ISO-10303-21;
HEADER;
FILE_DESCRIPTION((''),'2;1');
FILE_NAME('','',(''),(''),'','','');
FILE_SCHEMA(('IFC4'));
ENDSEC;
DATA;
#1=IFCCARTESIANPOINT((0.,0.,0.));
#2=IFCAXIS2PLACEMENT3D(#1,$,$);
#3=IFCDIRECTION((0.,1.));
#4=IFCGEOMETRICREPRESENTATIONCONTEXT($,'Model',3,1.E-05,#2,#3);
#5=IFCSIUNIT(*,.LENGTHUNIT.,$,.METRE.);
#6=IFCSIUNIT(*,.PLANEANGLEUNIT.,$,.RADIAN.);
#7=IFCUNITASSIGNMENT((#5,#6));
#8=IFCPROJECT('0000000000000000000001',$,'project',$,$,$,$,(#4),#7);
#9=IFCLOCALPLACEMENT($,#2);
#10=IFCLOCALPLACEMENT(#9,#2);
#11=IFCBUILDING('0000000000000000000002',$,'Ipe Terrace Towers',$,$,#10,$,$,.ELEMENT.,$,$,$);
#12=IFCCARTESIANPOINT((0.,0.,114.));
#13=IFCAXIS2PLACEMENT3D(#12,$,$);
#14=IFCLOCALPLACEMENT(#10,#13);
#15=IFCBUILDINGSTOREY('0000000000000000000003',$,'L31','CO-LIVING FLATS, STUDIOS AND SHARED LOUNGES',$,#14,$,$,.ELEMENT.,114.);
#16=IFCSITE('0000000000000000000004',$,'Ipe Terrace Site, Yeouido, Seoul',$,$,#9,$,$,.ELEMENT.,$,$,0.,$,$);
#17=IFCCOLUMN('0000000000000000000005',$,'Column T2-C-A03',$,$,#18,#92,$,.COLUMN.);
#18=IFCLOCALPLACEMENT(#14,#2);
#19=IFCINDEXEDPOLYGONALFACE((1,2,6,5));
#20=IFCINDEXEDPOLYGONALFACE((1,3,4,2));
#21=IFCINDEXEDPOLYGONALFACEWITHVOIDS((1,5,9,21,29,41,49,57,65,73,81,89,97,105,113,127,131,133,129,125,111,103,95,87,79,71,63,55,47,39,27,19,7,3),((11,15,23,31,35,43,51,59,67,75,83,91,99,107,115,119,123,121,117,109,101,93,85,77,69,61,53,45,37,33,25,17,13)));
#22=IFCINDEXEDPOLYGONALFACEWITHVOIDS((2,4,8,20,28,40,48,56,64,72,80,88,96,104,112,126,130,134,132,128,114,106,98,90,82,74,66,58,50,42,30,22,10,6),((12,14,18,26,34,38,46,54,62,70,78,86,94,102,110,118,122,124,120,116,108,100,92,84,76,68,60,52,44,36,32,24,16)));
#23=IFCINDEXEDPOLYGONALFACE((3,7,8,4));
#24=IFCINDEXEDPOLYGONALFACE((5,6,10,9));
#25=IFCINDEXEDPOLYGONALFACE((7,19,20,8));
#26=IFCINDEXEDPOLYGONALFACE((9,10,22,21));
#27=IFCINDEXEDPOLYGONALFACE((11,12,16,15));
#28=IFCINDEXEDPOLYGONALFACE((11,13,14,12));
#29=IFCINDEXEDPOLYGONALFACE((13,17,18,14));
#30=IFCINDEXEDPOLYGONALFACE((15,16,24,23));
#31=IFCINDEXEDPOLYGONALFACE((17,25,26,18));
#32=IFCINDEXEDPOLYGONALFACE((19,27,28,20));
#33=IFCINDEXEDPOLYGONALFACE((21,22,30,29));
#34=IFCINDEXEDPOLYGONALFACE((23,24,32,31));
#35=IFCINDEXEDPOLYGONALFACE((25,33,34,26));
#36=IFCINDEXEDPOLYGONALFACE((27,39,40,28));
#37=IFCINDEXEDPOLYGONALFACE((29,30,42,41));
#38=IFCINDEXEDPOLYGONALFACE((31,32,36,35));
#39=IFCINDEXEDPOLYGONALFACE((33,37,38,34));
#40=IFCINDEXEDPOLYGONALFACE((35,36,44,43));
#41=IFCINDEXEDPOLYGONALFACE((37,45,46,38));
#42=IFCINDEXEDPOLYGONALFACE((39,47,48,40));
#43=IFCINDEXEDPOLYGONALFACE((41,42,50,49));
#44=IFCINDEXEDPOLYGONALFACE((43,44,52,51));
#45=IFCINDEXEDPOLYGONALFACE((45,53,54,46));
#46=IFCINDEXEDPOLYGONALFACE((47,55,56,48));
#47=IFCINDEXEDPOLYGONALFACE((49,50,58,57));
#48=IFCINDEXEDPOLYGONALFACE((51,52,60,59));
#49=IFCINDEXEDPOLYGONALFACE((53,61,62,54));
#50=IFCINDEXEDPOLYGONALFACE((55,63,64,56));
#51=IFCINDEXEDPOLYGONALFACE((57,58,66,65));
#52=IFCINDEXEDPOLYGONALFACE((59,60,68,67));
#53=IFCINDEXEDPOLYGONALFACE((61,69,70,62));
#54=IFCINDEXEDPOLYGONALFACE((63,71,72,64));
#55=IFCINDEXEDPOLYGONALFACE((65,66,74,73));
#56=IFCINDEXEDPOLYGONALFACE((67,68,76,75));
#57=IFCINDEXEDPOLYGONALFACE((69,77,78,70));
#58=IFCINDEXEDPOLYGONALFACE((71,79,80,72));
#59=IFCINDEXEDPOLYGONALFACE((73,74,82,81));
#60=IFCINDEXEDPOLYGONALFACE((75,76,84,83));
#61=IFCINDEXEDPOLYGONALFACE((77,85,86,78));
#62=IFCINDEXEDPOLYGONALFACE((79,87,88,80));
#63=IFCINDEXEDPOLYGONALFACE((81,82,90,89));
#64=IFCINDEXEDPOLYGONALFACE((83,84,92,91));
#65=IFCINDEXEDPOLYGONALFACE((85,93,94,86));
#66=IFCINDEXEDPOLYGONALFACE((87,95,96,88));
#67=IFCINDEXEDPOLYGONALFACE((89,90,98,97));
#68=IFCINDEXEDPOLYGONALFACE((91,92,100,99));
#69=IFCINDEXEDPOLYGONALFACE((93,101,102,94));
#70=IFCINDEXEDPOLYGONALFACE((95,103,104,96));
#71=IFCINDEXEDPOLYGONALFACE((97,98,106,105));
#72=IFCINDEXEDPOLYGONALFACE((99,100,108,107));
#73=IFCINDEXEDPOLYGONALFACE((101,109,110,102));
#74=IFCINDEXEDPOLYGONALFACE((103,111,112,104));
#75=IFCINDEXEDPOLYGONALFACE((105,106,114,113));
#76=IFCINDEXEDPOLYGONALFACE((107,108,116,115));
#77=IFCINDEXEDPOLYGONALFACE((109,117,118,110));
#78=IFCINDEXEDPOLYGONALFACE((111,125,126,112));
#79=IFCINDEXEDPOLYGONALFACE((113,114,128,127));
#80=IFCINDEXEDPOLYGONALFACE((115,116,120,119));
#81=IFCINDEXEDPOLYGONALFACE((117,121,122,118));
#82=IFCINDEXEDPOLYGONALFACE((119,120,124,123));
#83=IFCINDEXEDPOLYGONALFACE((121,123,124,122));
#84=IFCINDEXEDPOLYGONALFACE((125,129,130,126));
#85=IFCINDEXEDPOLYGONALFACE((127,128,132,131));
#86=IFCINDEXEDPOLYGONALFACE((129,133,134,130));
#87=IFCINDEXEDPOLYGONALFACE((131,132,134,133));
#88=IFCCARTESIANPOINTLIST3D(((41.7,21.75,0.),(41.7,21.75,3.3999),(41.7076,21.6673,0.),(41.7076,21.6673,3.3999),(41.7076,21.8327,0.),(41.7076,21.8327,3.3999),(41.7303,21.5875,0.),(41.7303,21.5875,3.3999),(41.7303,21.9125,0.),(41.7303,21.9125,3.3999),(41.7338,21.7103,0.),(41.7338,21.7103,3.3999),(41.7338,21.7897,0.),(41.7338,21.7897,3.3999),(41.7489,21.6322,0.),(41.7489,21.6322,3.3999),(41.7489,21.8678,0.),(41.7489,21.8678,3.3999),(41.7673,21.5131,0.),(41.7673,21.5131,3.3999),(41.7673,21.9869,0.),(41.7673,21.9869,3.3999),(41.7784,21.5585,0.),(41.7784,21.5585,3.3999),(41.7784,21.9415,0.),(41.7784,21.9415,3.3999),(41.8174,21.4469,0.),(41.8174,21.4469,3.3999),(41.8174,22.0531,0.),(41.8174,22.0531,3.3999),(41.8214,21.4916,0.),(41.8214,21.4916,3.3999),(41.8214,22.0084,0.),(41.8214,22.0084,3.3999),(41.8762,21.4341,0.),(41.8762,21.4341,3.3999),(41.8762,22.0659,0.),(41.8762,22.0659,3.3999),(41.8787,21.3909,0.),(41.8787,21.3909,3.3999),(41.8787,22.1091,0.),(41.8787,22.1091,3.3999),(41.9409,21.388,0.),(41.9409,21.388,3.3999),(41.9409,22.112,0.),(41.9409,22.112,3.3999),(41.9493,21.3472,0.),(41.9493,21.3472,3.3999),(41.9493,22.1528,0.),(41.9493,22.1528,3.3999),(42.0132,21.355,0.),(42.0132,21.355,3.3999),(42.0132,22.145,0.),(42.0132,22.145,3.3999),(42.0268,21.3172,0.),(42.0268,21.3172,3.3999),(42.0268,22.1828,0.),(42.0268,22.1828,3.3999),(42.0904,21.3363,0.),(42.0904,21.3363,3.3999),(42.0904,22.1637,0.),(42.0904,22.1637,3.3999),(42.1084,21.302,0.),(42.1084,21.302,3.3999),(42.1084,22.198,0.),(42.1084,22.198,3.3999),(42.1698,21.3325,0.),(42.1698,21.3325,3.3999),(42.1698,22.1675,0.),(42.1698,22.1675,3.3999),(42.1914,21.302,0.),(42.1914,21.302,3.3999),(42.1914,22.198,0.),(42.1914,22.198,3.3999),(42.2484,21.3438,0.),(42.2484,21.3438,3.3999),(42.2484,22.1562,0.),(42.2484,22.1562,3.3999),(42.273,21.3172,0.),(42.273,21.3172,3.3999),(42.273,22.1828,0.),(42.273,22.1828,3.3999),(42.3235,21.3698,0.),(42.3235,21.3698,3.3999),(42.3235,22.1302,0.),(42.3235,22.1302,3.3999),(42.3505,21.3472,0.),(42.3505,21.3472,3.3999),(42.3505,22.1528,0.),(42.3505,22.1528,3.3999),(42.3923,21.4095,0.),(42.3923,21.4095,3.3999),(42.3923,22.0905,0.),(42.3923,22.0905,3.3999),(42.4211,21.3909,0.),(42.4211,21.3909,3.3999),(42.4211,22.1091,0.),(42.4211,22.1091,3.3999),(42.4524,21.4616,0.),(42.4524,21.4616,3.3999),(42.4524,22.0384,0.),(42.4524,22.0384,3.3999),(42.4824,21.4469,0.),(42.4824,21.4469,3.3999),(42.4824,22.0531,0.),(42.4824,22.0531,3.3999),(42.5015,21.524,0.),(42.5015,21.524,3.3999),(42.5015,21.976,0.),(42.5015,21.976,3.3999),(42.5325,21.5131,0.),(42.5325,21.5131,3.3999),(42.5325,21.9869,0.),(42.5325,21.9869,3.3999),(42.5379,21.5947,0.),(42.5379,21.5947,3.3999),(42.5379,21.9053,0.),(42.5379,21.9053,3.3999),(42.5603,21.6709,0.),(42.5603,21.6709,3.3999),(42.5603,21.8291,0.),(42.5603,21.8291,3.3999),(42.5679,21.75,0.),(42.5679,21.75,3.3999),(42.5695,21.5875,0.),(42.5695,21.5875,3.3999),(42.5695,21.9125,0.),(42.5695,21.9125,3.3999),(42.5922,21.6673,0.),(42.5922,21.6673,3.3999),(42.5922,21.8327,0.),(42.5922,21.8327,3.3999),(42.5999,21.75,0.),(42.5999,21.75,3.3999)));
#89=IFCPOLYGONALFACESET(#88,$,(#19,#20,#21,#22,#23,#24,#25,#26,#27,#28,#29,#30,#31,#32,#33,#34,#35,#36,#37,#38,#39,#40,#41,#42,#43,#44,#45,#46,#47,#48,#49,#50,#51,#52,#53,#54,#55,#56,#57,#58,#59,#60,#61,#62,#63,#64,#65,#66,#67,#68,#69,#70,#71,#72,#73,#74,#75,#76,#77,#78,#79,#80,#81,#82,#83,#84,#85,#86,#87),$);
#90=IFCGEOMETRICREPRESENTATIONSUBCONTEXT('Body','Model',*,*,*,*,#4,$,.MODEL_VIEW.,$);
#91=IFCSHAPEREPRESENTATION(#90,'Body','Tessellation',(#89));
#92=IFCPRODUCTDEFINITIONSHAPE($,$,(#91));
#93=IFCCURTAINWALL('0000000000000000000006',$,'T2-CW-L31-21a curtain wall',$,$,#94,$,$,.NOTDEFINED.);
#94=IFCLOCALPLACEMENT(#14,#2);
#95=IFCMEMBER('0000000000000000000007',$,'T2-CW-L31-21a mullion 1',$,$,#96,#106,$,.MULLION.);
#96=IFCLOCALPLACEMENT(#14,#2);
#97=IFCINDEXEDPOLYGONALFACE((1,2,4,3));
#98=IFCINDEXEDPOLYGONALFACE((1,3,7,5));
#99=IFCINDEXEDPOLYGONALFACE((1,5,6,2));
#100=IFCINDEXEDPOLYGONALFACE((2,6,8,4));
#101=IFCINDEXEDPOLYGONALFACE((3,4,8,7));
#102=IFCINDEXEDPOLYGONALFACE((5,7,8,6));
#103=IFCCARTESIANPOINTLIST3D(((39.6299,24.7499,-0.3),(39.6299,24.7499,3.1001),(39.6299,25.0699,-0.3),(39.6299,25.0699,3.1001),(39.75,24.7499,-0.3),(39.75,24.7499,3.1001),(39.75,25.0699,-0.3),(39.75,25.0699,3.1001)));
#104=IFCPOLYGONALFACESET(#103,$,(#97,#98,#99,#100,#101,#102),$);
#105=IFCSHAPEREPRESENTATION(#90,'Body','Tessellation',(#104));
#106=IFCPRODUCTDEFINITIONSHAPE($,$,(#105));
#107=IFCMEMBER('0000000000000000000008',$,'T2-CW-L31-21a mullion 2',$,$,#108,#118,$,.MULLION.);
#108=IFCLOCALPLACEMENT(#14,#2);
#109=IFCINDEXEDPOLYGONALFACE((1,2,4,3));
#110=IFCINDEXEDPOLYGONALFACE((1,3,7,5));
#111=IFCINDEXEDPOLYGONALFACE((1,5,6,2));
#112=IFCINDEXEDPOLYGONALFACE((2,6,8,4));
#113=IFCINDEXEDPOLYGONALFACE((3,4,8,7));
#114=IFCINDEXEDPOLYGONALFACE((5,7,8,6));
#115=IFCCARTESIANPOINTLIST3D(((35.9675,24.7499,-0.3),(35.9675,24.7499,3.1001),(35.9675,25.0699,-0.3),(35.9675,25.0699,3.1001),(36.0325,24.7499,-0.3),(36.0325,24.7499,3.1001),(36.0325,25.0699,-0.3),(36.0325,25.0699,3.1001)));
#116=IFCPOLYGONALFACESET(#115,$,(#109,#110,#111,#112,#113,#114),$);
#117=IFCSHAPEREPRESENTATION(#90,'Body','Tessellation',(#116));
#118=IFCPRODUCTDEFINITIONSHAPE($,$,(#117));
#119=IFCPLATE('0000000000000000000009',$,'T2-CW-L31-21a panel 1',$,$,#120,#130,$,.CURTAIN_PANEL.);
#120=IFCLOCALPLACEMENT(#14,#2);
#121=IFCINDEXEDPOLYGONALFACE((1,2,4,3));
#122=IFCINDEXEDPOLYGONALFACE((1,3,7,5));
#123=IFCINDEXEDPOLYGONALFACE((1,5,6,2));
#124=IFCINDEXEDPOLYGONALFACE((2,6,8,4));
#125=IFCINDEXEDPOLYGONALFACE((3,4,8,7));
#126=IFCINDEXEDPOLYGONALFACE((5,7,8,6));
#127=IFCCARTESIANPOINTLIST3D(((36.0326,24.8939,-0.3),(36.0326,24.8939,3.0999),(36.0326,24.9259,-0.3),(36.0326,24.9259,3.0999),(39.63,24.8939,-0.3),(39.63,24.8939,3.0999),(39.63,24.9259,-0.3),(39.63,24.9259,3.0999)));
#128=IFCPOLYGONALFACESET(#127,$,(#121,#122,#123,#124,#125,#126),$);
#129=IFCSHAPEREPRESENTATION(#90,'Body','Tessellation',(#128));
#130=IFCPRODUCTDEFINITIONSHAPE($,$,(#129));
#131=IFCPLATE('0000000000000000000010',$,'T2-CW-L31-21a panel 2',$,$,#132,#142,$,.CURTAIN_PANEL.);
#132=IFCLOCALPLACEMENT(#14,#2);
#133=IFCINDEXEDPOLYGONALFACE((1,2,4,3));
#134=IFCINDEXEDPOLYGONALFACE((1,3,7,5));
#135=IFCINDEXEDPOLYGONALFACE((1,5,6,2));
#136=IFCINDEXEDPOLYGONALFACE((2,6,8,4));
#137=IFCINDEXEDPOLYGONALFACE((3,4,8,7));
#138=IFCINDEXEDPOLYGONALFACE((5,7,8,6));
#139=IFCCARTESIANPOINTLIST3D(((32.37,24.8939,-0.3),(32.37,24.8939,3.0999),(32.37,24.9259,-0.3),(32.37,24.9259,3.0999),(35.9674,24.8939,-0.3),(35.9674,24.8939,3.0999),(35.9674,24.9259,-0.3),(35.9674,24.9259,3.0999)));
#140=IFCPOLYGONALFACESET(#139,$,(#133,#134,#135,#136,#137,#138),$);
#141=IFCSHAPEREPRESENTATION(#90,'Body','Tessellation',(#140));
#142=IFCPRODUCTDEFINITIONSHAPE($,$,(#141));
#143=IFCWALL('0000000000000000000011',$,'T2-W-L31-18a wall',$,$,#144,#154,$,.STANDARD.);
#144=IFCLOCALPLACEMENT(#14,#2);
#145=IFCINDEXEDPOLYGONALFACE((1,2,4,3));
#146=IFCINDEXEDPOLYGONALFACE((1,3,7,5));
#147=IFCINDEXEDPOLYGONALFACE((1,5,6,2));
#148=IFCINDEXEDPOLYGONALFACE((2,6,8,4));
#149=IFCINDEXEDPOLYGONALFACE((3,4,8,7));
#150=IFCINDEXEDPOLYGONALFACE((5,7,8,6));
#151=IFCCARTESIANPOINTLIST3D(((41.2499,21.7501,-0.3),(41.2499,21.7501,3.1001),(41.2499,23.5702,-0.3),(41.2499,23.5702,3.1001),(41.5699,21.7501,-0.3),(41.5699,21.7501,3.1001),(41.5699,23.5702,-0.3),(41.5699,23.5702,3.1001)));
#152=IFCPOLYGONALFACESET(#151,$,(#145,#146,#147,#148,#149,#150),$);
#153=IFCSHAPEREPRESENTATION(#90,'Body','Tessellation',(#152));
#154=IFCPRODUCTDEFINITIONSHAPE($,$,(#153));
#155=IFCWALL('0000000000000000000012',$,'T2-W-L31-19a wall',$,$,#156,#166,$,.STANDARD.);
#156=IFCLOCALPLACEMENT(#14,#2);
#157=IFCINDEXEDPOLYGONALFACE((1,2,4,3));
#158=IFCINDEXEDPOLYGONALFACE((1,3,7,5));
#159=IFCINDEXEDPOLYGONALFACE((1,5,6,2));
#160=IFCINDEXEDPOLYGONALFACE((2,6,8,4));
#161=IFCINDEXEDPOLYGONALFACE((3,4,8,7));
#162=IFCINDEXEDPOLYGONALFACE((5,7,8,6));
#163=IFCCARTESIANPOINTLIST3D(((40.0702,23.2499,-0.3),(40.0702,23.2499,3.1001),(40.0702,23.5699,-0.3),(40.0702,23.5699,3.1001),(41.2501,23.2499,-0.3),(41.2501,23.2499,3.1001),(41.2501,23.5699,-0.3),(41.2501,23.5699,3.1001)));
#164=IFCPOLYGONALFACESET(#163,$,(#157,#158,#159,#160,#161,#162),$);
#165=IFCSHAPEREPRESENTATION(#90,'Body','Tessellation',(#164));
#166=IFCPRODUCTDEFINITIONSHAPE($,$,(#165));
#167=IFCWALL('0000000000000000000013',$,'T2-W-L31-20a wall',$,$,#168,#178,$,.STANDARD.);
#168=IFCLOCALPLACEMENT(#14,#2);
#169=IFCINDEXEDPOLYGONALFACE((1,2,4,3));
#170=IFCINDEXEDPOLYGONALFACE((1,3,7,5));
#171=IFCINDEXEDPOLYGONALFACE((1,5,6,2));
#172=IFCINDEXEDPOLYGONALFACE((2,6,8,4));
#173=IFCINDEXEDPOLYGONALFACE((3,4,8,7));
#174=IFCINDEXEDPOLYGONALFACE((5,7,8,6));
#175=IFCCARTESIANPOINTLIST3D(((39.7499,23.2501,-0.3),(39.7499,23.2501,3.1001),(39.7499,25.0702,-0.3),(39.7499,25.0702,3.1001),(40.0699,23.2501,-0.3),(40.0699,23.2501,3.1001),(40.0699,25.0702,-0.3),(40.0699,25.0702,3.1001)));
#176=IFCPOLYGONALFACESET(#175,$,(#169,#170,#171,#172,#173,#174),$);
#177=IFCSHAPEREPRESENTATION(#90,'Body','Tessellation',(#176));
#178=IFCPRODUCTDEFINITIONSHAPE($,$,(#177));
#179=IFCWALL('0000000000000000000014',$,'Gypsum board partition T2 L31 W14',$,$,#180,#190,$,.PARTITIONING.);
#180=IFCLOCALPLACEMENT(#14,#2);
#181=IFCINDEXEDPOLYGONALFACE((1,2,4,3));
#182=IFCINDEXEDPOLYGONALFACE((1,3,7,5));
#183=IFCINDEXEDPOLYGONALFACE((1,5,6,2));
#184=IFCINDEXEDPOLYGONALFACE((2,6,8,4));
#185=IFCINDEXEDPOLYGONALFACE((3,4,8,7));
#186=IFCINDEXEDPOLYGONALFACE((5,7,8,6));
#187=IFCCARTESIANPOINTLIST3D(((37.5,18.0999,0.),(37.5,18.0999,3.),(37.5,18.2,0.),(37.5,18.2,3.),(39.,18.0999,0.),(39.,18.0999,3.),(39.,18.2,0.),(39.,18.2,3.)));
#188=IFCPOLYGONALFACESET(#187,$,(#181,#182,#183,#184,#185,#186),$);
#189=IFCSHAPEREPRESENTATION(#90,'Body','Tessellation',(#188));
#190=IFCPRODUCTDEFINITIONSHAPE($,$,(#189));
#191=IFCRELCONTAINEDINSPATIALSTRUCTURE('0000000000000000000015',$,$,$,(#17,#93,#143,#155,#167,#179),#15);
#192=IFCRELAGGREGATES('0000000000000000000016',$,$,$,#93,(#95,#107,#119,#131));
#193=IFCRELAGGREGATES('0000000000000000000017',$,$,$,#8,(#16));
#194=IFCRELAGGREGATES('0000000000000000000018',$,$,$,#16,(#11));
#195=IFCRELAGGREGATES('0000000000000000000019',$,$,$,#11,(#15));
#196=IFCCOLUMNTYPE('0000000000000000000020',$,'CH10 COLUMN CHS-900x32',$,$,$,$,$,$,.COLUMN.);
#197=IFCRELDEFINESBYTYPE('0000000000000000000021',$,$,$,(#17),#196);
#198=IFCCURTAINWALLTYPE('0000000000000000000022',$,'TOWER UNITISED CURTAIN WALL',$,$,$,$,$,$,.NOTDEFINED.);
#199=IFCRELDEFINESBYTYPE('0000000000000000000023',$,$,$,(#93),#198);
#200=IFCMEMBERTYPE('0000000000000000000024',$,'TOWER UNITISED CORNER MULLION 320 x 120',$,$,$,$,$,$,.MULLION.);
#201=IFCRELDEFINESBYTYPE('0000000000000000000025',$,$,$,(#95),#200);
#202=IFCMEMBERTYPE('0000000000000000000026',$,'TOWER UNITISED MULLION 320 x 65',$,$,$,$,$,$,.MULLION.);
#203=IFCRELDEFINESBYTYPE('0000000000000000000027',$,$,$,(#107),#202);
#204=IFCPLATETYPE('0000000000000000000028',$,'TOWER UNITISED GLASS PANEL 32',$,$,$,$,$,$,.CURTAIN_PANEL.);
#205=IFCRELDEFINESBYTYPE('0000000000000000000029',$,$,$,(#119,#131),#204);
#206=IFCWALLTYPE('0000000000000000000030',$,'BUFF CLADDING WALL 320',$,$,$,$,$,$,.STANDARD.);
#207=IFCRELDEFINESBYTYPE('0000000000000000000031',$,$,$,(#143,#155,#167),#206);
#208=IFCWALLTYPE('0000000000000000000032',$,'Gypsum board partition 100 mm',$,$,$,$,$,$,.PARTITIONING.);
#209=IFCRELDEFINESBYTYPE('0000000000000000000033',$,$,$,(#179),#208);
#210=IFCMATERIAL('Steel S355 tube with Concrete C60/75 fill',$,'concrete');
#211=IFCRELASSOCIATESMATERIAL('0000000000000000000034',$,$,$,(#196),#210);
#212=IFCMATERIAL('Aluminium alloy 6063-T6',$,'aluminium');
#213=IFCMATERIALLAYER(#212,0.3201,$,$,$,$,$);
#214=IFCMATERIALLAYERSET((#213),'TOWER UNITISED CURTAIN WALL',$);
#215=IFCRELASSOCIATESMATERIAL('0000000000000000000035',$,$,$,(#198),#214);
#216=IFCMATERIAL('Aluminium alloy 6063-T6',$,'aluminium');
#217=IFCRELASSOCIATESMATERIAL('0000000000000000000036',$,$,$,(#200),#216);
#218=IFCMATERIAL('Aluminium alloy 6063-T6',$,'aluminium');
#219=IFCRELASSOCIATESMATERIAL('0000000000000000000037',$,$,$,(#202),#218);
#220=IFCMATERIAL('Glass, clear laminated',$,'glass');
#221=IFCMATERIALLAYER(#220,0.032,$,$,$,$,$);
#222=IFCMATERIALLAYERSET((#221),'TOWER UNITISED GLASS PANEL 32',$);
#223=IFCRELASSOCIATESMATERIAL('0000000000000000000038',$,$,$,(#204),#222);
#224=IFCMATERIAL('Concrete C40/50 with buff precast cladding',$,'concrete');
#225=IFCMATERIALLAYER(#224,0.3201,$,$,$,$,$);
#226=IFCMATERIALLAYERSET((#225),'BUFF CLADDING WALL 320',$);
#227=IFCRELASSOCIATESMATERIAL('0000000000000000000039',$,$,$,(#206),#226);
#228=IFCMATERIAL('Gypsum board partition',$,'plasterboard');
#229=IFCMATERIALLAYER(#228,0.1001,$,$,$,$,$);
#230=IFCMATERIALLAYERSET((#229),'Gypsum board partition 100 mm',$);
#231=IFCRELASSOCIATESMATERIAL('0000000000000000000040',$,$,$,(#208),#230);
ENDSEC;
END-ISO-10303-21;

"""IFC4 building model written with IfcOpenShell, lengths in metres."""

from ifc_helpers import new_model, si_unit, direction, frame, frame_2d, origin, origin_2d, place, context, subcontext, project, spatial, rectangle, hollow_circle, extrude, material, layer, layer_set, material_profile, profile_set, type_object, element, aggregate, save


model = new_model("IFC4")

# Units and contexts
model_context = context("Model", 3, precision=1e-05, world=origin(), true_north=direction((0.0, 1.0)))
body_context = subcontext(model_context, "Body", "Model", "MODEL_VIEW")
ifc_project = project(units=[si_unit("LENGTHUNIT", "METRE"), si_unit("PLANEANGLEUNIT", "RADIAN")], contexts=[model_context])

# Site, building, storey
site_placement = place(None, origin())
site = spatial("IfcSite", under=ifc_project, at=site_placement, Name="Ipe Terrace Site, Yeouido, Seoul", CompositionType="ELEMENT", RefElevation=0.0)
building_placement = place(site_placement, origin())
building = spatial("IfcBuilding", under=site, at=building_placement, Name="Ipe Terrace Towers", CompositionType="ELEMENT")
storey_placement = place(building_placement, frame((0.0, 0.0, 114.0)))
storey = spatial("IfcBuildingStorey", under=building, at=storey_placement, Name="L31", Description="CO-LIVING FLATS, STUDIOS AND SHARED LOUNGES", CompositionType="ELEMENT", Elevation=114.0)

# Column
ifc_material_1 = material(Name="Steel S355 tube with Concrete C60/75 fill", Category="concrete")
ifc_material_profile_1 = material_profile(ifc_material_1, hollow_circle(Radius=0.45, WallThickness=0.032, at=origin_2d()), Name="CHS-900x32")
ifc_profile_set_1 = profile_set([ifc_material_profile_1], Name="Steel S355 tube with Concrete C60/75 fill")
column_type = type_object("IfcColumnType", Name="CH10 COLUMN CHS-900x32", PredefinedType="COLUMN", material=ifc_profile_set_1)
column_placement = place(storey_placement, frame((42.1499, 21.75, 0.0), z_axis=(0.0, 0.0, 1.0), x_axis=(1.0, 0.0, 0.0)))
element("IfcColumn", 1, at=column_placement, inside=storey, type_object=column_type, Name="Column T2-C-A03", PredefinedType="COLUMN", context=body_context, shape_type="SweptSolid", body=[
    extrude(hollow_circle(Radius=0.45, WallThickness=0.032, at=origin_2d()), origin(), (0.0, 0.0, 1.0), 3.3999),
])

# Curtain wall, members, plates
ifc_material_2 = material(Name="Aluminium alloy 6063-T6", Category="aluminium")
ifc_layer_1 = layer(ifc_material_2, 0.3201)
ifc_layer_set_1 = layer_set([ifc_layer_1], Name="TOWER UNITISED CURTAIN WALL")
curtain_wall_type = type_object("IfcCurtainWallType", Name="TOWER UNITISED CURTAIN WALL", PredefinedType="NOTDEFINED", material=ifc_layer_set_1)
curtain_wall_placement = place(storey_placement, origin())
curtain_wall = element("IfcCurtainWall", 2, at=curtain_wall_placement, inside=storey, type_object=curtain_wall_type, Name="T2-CW-L31-21a curtain wall", PredefinedType="NOTDEFINED")
ifc_material_3 = material(Name="Aluminium alloy 6063-T6", Category="aluminium")
ifc_material_profile_2 = material_profile(ifc_material_3, rectangle(XDim=0.3201, YDim=0.1201, at=origin_2d()), Name="TOWER UNITISED CORNER MULLION 320 x 120")
ifc_profile_set_2 = profile_set([ifc_material_profile_2], Name="Aluminium alloy 6063-T6")
member_type_1 = type_object("IfcMemberType", Name="TOWER UNITISED CORNER MULLION 320 x 120", PredefinedType="MULLION", material=ifc_profile_set_2)
member_1_placement = place(storey_placement, frame((39.6899, 24.9099, -0.3), z_axis=(0.0, 0.0, 1.0), x_axis=(0.0, 1.0, 0.0)))
member_1 = element("IfcMember", 3, at=member_1_placement, type_object=member_type_1, Name="T2-CW-L31-21a mullion 1", PredefinedType="MULLION", context=body_context, shape_type="SweptSolid", body=[
    extrude(rectangle(XDim=0.3201, YDim=0.1201, at=origin_2d()), origin(), (0.0, 0.0, 1.0), 3.4001),
])
ifc_material_4 = material(Name="Aluminium alloy 6063-T6", Category="aluminium")
ifc_material_profile_3 = material_profile(ifc_material_4, rectangle(XDim=0.3201, YDim=0.0649, at=origin_2d()), Name="TOWER UNITISED MULLION 320 x 65")
ifc_profile_set_3 = profile_set([ifc_material_profile_3], Name="Aluminium alloy 6063-T6")
member_type_2 = type_object("IfcMemberType", Name="TOWER UNITISED MULLION 320 x 65", PredefinedType="MULLION", material=ifc_profile_set_3)
member_2_placement = place(storey_placement, frame((36.0, 24.9099, -0.3), z_axis=(0.0, 0.0, 1.0), x_axis=(0.0, 1.0, 0.0)))
member_2 = element("IfcMember", 4, at=member_2_placement, type_object=member_type_2, Name="T2-CW-L31-21a mullion 2", PredefinedType="MULLION", context=body_context, shape_type="SweptSolid", body=[
    extrude(rectangle(XDim=0.3201, YDim=0.0649, at=origin_2d()), origin(), (0.0, 0.0, 1.0), 3.4001),
])
ifc_material_5 = material(Name="Glass, clear laminated", Category="glass")
ifc_layer_2 = layer(ifc_material_5, 0.032)
ifc_layer_set_2 = layer_set([ifc_layer_2], Name="TOWER UNITISED GLASS PANEL 32")
plate_type = type_object("IfcPlateType", Name="TOWER UNITISED GLASS PANEL 32", PredefinedType="CURTAIN_PANEL", material=ifc_layer_set_2)
plate_1_placement = place(storey_placement, frame((37.8313, 24.9099, -0.3), z_axis=(0.0, 0.0, 1.0), x_axis=(-1.0, 0.0, 0.0)))
plate_1 = element("IfcPlate", 5, at=plate_1_placement, type_object=plate_type, Name="T2-CW-L31-21a panel 1", PredefinedType="CURTAIN_PANEL", context=body_context, shape_type="SweptSolid", body=[
    extrude(rectangle(XDim=3.5974, YDim=0.032, at=origin_2d()), origin(), (0.0, 0.0, 1.0), 3.3999),
])
plate_2_placement = place(storey_placement, frame((34.1687, 24.9099, -0.3), z_axis=(0.0, 0.0, 1.0), x_axis=(-1.0, 0.0, 0.0)))
plate_2 = element("IfcPlate", 6, at=plate_2_placement, type_object=plate_type, Name="T2-CW-L31-21a panel 2", PredefinedType="CURTAIN_PANEL", context=body_context, shape_type="SweptSolid", body=[
    extrude(rectangle(XDim=3.5974, YDim=0.032, at=origin_2d()), origin(), (0.0, 0.0, 1.0), 3.3999),
])
aggregate(curtain_wall, [member_1, member_2, plate_1, plate_2])

# Walls
ifc_material_6 = material(Name="Concrete C40/50 with buff precast cladding", Category="concrete")
ifc_layer_3 = layer(ifc_material_6, 0.3201)
ifc_layer_set_3 = layer_set([ifc_layer_3], Name="BUFF CLADDING WALL 320")
wall_type_1 = type_object("IfcWallType", Name="BUFF CLADDING WALL 320", PredefinedType="STANDARD", material=ifc_layer_set_3)
wall_1_placement = place(storey_placement, frame((41.4099, 21.75, -0.3), z_axis=(0.0, 0.0, 1.0), x_axis=(0.0, 1.0, 0.0)))
element("IfcWall", 7, at=wall_1_placement, inside=storey, type_object=wall_type_1, Name="T2-W-L31-18a wall", PredefinedType="STANDARD", context=body_context, shape_type="SweptSolid", body=[
    extrude(rectangle(XDim=1.8201, YDim=0.3201, at=frame_2d((0.9102, 0.0))), origin(), (0.0, 0.0, 1.0), 3.4001),
])
wall_2_placement = place(storey_placement, frame((41.25, 23.4099, -0.3), z_axis=(0.0, 0.0, 1.0), x_axis=(-1.0, 0.0, 0.0)))
element("IfcWall", 8, at=wall_2_placement, inside=storey, type_object=wall_type_1, Name="T2-W-L31-19a wall", PredefinedType="STANDARD", context=body_context, shape_type="SweptSolid", body=[
    extrude(rectangle(XDim=1.1799, YDim=0.3201, at=frame_2d((0.5898, 0.0))), origin(), (0.0, 0.0, 1.0), 3.4001),
])
wall_3_placement = place(storey_placement, frame((39.9099, 23.25, -0.3), z_axis=(0.0, 0.0, 1.0), x_axis=(0.0, 1.0, 0.0)))
element("IfcWall", 9, at=wall_3_placement, inside=storey, type_object=wall_type_1, Name="T2-W-L31-20a wall", PredefinedType="STANDARD", context=body_context, shape_type="SweptSolid", body=[
    extrude(rectangle(XDim=1.8201, YDim=0.3201, at=frame_2d((0.9102, 0.0))), origin(), (0.0, 0.0, 1.0), 3.4001),
])
ifc_material_7 = material(Name="Gypsum board partition", Category="plasterboard")
ifc_layer_4 = layer(ifc_material_7, 0.1001)
ifc_layer_set_4 = layer_set([ifc_layer_4], Name="Gypsum board partition 100 mm")
wall_type_2 = type_object("IfcWallType", Name="Gypsum board partition 100 mm", PredefinedType="PARTITIONING", material=ifc_layer_set_4)
for number, where, z_axis, x_axis, name in (
    (10, (39.0, 18.1499, 0.0), (0.0, 0.0, 1.0), (-1.0, 0.0, 0.0), "Gypsum board partition T2 L31 W14"),
):
    element("IfcWall", number, at=place(storey_placement, frame(where, z_axis=z_axis, x_axis=x_axis)), inside=storey, type_object=wall_type_2, Name=name, PredefinedType="PARTITIONING", context=body_context, shape_type="SweptSolid", body=[
        extrude(rectangle(XDim=1.5, YDim=0.1001, at=frame_2d((0.75, 0.0))), origin(), (0.0, 0.0, 1.0), 3.0),
    ])

save(model, "model.ifc")
